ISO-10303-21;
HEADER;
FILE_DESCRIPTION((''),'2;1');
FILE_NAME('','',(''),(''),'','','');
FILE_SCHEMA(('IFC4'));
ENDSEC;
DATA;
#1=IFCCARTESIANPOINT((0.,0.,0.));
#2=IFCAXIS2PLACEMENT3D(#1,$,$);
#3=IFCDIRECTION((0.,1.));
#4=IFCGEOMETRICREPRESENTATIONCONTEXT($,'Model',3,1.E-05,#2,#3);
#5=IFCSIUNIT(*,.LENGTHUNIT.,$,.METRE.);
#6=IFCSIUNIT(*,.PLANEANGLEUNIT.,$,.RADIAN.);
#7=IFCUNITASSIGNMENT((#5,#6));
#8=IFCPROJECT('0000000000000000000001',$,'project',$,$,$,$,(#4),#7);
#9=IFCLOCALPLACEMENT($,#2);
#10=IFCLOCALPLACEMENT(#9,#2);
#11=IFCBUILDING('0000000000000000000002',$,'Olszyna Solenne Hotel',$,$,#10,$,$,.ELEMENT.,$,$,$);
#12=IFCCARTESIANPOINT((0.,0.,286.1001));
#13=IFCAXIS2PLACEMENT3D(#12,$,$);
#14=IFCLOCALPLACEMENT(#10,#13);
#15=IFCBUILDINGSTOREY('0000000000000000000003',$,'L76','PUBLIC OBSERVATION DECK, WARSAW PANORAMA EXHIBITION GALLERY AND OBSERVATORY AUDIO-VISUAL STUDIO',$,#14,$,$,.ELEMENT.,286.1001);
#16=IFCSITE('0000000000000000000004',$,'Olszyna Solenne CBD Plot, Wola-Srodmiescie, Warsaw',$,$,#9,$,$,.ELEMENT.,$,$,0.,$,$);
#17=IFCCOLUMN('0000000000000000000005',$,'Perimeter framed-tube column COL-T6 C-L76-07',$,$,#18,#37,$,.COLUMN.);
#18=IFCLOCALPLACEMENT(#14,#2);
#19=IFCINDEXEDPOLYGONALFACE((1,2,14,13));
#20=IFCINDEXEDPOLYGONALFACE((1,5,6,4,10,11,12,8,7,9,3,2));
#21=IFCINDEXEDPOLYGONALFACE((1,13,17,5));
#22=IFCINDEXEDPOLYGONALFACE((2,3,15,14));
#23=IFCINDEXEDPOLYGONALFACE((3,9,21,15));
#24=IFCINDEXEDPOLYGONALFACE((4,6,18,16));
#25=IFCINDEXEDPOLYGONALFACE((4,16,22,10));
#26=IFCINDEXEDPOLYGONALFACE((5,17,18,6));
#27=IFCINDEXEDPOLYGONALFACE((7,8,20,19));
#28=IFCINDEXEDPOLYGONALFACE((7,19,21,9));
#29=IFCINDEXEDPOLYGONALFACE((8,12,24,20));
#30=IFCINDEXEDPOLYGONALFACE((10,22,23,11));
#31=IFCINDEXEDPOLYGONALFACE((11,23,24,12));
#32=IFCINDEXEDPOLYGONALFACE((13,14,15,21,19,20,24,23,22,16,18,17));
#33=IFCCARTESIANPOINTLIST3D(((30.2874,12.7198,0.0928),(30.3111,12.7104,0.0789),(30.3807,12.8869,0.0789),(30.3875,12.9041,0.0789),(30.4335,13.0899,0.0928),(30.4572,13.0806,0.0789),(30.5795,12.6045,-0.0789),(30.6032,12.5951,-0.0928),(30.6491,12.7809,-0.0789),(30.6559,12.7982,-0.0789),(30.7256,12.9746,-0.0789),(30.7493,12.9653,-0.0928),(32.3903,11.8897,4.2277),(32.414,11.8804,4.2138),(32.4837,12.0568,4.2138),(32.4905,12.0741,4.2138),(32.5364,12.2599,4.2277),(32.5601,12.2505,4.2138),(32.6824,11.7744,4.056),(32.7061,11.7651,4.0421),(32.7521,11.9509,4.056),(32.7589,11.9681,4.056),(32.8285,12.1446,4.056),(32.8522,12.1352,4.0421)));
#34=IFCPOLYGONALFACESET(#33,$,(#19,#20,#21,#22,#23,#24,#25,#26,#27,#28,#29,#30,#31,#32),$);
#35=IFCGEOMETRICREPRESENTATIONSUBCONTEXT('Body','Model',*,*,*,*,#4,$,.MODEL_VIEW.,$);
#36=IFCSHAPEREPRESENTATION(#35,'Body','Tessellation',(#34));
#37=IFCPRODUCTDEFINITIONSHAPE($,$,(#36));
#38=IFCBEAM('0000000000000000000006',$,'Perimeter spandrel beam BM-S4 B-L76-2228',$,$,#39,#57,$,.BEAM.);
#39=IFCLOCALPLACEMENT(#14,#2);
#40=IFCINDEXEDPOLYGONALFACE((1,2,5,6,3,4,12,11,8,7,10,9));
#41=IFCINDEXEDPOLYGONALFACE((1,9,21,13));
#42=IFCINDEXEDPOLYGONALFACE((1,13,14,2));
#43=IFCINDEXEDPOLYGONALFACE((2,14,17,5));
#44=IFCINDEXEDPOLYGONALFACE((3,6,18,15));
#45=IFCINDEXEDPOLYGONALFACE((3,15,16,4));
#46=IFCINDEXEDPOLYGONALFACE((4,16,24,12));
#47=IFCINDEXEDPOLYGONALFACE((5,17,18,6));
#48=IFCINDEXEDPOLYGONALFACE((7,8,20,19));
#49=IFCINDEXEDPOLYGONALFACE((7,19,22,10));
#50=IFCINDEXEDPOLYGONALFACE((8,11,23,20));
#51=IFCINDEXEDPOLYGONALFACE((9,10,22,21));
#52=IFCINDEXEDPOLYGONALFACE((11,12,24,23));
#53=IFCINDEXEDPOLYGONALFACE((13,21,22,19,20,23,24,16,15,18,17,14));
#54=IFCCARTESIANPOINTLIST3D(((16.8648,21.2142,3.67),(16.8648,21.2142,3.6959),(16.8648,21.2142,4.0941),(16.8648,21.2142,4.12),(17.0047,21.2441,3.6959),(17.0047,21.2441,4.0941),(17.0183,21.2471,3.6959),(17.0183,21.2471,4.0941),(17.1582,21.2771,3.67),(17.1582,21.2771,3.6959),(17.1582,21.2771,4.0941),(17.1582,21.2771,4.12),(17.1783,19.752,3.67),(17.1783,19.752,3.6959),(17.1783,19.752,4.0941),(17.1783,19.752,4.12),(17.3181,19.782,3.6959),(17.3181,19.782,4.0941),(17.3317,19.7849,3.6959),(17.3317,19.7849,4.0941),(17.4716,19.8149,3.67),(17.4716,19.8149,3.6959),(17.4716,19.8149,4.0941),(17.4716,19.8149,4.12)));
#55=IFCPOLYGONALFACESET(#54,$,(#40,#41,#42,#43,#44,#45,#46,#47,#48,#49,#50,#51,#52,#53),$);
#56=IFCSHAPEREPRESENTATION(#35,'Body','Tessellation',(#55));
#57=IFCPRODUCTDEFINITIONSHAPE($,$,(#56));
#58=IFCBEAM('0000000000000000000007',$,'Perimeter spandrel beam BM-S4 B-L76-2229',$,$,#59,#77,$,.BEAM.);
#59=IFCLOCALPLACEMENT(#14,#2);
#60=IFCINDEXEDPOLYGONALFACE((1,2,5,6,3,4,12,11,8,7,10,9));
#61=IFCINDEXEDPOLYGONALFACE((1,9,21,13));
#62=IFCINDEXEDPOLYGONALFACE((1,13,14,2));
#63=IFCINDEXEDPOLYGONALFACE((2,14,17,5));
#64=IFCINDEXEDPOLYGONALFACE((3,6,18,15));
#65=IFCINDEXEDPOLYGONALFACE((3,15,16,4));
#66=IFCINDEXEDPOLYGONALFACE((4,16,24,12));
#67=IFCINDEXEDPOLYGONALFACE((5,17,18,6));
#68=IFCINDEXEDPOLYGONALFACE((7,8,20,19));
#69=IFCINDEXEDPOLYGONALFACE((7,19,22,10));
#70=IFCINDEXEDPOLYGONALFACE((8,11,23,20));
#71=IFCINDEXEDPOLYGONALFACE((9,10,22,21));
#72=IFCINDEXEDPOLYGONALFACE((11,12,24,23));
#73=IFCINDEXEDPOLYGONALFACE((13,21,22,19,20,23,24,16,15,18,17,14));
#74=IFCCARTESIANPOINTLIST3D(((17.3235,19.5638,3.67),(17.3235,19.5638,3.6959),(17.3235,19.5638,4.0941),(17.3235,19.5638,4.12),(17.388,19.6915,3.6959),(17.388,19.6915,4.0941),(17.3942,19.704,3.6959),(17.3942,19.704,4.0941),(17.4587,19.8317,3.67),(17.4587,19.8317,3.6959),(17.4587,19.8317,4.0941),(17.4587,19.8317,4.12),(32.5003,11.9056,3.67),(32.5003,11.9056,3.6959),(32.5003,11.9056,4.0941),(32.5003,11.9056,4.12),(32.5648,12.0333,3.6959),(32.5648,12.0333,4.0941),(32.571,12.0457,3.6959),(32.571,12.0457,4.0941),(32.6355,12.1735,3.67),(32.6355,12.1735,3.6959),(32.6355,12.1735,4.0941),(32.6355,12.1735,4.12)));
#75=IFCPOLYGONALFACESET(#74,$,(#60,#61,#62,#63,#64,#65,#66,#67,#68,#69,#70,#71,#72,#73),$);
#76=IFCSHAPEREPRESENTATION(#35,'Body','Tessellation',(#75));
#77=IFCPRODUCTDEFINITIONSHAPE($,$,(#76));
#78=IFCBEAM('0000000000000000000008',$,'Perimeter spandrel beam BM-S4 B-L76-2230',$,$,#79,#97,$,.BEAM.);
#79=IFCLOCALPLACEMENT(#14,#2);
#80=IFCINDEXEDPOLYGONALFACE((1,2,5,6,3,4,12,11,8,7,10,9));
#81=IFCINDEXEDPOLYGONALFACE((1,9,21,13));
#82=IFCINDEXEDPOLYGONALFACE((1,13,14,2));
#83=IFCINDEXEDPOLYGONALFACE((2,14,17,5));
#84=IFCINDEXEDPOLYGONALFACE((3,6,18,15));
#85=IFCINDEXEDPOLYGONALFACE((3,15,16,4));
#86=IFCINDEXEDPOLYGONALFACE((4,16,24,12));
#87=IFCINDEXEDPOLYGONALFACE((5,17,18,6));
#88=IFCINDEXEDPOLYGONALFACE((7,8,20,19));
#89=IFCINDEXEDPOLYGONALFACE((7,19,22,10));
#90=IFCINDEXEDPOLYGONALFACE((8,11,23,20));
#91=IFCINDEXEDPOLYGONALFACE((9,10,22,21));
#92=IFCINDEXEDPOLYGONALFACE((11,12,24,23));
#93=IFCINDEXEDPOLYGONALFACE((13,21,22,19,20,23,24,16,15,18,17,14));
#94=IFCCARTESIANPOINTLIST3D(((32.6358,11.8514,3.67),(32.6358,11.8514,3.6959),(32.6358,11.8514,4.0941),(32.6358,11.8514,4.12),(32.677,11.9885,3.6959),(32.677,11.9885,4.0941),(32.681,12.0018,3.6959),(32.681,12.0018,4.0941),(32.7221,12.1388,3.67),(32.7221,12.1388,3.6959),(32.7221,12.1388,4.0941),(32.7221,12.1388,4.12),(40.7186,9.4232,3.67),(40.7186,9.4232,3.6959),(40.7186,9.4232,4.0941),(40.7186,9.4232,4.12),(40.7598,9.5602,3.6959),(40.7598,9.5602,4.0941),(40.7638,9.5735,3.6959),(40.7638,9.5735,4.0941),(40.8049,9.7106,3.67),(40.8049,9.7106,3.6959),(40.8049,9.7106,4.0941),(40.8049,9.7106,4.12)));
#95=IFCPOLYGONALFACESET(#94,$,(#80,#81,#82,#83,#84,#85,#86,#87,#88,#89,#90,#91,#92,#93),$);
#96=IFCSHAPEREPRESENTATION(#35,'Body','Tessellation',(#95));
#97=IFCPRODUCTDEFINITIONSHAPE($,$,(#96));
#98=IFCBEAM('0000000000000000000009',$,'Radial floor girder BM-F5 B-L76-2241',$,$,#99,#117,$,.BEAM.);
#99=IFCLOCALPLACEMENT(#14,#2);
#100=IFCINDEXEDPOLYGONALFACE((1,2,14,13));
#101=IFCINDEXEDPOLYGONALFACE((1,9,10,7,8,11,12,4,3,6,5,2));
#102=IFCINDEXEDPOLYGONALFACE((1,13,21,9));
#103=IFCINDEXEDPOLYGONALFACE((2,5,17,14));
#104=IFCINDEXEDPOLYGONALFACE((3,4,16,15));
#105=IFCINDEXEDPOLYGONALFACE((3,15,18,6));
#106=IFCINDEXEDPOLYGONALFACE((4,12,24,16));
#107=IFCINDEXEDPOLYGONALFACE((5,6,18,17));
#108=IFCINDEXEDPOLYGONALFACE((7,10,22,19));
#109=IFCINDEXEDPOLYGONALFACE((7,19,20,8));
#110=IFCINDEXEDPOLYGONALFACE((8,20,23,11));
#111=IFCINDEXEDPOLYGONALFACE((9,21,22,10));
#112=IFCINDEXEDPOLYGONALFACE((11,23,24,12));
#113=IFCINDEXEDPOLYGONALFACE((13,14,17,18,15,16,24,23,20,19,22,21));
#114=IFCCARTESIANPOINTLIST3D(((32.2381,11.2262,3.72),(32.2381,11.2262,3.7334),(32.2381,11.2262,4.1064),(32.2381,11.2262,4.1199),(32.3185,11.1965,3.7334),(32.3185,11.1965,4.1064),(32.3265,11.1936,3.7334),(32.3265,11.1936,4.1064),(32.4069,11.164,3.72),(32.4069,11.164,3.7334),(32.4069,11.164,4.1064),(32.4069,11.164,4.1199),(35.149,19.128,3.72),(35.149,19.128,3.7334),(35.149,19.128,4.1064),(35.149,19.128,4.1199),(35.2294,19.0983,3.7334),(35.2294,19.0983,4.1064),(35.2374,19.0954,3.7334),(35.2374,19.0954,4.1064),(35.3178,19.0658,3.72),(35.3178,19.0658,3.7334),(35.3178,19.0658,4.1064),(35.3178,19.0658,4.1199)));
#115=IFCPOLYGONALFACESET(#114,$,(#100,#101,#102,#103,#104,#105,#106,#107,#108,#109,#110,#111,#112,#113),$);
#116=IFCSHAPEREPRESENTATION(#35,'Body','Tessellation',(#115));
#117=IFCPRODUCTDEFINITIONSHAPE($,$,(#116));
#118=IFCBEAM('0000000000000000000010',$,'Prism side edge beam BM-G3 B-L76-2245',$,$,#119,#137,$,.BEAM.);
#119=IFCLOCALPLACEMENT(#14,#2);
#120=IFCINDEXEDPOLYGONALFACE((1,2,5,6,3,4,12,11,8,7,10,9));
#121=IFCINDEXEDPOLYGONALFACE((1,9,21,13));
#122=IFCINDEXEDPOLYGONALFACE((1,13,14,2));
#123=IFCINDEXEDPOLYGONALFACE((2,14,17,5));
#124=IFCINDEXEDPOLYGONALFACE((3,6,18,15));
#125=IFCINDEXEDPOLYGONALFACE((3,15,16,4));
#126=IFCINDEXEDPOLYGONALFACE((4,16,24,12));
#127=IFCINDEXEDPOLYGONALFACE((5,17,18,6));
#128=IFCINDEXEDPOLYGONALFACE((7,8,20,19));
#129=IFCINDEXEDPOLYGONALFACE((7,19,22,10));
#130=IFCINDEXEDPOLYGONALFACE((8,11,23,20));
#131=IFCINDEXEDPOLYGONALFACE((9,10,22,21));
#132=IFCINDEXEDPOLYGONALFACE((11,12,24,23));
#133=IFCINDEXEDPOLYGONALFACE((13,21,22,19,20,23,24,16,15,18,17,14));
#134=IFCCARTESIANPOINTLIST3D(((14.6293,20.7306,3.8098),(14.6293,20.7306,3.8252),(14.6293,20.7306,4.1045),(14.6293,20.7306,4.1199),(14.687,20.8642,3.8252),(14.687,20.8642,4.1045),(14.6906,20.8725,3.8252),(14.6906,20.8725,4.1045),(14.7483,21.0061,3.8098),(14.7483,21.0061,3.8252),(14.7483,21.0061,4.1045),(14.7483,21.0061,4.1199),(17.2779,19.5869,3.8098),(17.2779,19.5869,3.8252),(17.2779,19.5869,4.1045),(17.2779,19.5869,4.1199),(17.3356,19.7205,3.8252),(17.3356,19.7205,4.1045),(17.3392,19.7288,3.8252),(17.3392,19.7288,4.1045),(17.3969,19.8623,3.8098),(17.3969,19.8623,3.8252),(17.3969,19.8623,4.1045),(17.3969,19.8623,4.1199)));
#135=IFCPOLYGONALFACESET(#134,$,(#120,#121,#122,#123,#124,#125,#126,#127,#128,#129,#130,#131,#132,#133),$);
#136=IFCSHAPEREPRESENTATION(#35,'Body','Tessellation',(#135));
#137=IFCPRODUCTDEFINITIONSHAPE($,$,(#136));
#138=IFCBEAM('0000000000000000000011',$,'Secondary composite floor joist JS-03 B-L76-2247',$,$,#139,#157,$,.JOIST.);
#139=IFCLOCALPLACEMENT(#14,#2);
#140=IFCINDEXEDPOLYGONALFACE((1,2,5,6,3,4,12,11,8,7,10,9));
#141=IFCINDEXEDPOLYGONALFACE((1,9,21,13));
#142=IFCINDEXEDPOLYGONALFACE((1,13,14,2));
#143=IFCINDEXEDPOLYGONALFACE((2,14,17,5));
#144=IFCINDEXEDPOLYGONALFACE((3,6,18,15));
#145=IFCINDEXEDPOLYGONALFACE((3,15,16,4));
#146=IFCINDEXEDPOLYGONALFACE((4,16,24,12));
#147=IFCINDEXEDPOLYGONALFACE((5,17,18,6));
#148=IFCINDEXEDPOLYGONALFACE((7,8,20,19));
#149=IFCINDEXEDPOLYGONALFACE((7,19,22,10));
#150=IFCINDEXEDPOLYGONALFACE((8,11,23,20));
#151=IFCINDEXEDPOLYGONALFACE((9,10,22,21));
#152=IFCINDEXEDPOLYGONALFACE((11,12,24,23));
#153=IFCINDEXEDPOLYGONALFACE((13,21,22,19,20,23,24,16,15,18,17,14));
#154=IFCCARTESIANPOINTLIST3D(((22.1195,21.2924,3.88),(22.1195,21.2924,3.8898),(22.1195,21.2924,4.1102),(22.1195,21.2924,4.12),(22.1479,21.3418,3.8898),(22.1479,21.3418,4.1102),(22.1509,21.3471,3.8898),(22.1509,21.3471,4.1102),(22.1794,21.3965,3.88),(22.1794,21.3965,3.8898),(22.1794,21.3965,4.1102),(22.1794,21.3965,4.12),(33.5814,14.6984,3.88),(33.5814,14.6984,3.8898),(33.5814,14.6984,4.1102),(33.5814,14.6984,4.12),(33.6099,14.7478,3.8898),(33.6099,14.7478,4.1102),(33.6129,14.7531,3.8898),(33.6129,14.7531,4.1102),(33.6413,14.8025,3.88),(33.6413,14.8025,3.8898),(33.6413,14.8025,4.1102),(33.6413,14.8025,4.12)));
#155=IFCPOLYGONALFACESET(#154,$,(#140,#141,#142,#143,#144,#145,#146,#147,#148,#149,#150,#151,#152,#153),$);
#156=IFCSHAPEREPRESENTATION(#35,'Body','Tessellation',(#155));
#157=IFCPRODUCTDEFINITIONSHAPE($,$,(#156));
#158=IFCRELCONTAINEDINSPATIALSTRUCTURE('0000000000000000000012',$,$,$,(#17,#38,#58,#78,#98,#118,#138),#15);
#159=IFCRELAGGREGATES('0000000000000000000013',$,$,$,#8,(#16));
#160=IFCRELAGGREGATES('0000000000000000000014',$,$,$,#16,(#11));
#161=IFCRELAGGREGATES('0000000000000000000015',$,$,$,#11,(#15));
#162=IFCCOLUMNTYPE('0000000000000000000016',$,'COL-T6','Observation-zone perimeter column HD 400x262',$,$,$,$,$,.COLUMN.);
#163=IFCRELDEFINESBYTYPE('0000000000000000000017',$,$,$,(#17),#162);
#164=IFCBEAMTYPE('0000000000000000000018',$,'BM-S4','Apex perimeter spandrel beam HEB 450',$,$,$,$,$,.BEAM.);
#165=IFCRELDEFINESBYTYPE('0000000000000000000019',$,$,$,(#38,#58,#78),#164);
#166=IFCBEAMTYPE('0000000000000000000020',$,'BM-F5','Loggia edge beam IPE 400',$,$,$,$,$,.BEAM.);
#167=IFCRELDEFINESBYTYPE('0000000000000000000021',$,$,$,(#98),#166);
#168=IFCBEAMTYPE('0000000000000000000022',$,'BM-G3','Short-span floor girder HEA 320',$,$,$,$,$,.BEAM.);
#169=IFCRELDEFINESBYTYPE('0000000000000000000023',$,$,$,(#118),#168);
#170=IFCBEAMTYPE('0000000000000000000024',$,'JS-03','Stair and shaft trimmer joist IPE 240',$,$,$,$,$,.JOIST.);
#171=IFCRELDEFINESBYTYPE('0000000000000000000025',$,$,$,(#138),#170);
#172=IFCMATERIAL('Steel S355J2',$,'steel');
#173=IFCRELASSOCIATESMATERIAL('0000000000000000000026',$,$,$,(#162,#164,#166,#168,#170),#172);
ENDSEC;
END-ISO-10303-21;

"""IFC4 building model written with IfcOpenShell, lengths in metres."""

from ifc_helpers import new_model, si_unit, direction, frame, origin, origin_2d, place, context, subcontext, project, spatial, i_section, extrude, source, transform, mapped, material, material_profile, profile_set, type_object, element, save


model = new_model("IFC4")

# Units and contexts
model_context = context("Model", 3, precision=1e-05, world=origin(), true_north=direction((0.0, 1.0)))
body_context = subcontext(model_context, "Body", "Model", "MODEL_VIEW")
ifc_project = project(units=[si_unit("LENGTHUNIT", "METRE"), si_unit("PLANEANGLEUNIT", "RADIAN")], contexts=[model_context])

# Site, building, storey
site_placement = place(None, origin())
site = spatial("IfcSite", under=ifc_project, at=site_placement, Name="Olszyna Solenne CBD Plot, Wola-Srodmiescie, Warsaw", CompositionType="ELEMENT", RefElevation=0.0)
building_placement = place(site_placement, origin())
building = spatial("IfcBuilding", under=site, at=building_placement, Name="Olszyna Solenne Hotel", CompositionType="ELEMENT")
storey_placement = place(building_placement, frame((0.0, 0.0, 286.1001)))
storey = spatial("IfcBuildingStorey", under=building, at=storey_placement, Name="L76", Description="PUBLIC OBSERVATION DECK, WARSAW PANORAMA EXHIBITION GALLERY AND OBSERVATORY AUDIO-VISUAL STUDIO", CompositionType="ELEMENT", Elevation=286.1001)

# Column
ifc_material_1 = material(Name="Steel S355J2", Category="steel")
ifc_material_profile_1 = material_profile(ifc_material_1, i_section(OverallWidth=0.3979, OverallDepth=0.387, WebThickness=0.0186, FlangeThickness=0.0291, at=origin_2d()), Name="HD 400x262", Category="load-bearing")
ifc_profile_set_1 = profile_set([ifc_material_profile_1], Name="Steel S355J2")
column_type = type_object("IfcColumnType", Name="COL-T6", Description="Observation-zone perimeter column HD 400x262", PredefinedType="COLUMN", material=ifc_profile_set_1)
shared_shape_1 = source(origin(), body_context, "Body", "SweptSolid", [
    extrude(i_section(OverallWidth=0.3979, OverallDepth=0.387, WebThickness=0.0186, FlangeThickness=0.0291, at=origin_2d()), origin(), (0.0, 0.0, 1.0), 4.7126),
])
column_placement = place(storey_placement, frame((30.5183, 12.8425, 0.0), z_axis=(0.446242, -0.176134, 0.877408), x_axis=(0.367142, 0.930165, 0.0)))
element("IfcColumn", 1, at=column_placement, inside=storey, type_object=column_type, Name="Perimeter framed-tube column COL-T6 C-L76-07", PredefinedType="COLUMN", context=body_context, shape_type="MappedRepresentation", body=[
    mapped(shared_shape_1, transform((0.0, 0.0, 0.0), x_axis=(1.0, 0.0, 0.0), y_axis=(0.0, 1.0, 0.0), z_axis=(0.0, 0.0, 1.0), scale=1.0)),
])

# Beams
ifc_material_profile_2 = material_profile(ifc_material_1, i_section(OverallWidth=0.3, OverallDepth=0.45, WebThickness=0.0139, FlangeThickness=0.0259, at=origin_2d()), Name="HEB 450", Category="load-bearing")
ifc_profile_set_2 = profile_set([ifc_material_profile_2], Name="Steel S355J2")
beam_type_1 = type_object("IfcBeamType", Name="BM-S4", Description="Apex perimeter spandrel beam HEB 450", PredefinedType="BEAM", material=ifc_profile_set_2)
shared_shape_2 = source(origin(), body_context, "Body", "SweptSolid", [
    extrude(i_section(OverallWidth=0.3, OverallDepth=0.45, WebThickness=0.0139, FlangeThickness=0.0259, at=origin_2d()), origin(), (0.0, 0.0, 1.0), 1.4954),
])
beam_1_placement = place(storey_placement, frame((17.0115, 21.2456, 3.895), z_axis=(0.209629, -0.977781, 0.0), x_axis=(0.977781, 0.209629, 0.0)))
element("IfcBeam", 2, at=beam_1_placement, inside=storey, type_object=beam_type_1, Name="Perimeter spandrel beam BM-S4 B-L76-2228", PredefinedType="BEAM", context=body_context, shape_type="MappedRepresentation", body=[
    mapped(shared_shape_2, transform((0.0, 0.0, 0.0), x_axis=(1.0, 0.0, 0.0), y_axis=(0.0, 1.0, 0.0), z_axis=(0.0, 0.0, 1.0), scale=1.0)),
])
shared_shape_3 = source(origin(), body_context, "Body", "SweptSolid", [
    extrude(i_section(OverallWidth=0.3, OverallDepth=0.45, WebThickness=0.0139, FlangeThickness=0.0259, at=origin_2d()), origin(), (0.0, 0.0, 1.0), 16.9995),
])
beam_2_placement = place(storey_placement, frame((17.3911, 19.6978, 3.895), z_axis=(0.892778, -0.450497, 0.0), x_axis=(0.450497, 0.892778, 0.0)))
element("IfcBeam", 3, at=beam_2_placement, inside=storey, type_object=beam_type_1, Name="Perimeter spandrel beam BM-S4 B-L76-2229", PredefinedType="BEAM", context=body_context, shape_type="MappedRepresentation", body=[
    mapped(shared_shape_3, transform((0.0, 0.0, 0.0), x_axis=(1.0, 0.0, 0.0), y_axis=(0.0, 1.0, 0.0), z_axis=(0.0, 0.0, 1.0), scale=1.0)),
])
shared_shape_4 = source(origin(), body_context, "Body", "SweptSolid", [
    extrude(i_section(OverallWidth=0.3, OverallDepth=0.45, WebThickness=0.0139, FlangeThickness=0.0259, at=origin_2d()), origin(), (0.0, 0.0, 1.0), 8.4397),
])
beam_3_placement = place(storey_placement, frame((32.679, 11.9951, 3.895), z_axis=(0.957716, -0.287717, 0.0), x_axis=(0.287717, 0.957716, 0.0)))
element("IfcBeam", 4, at=beam_3_placement, inside=storey, type_object=beam_type_1, Name="Perimeter spandrel beam BM-S4 B-L76-2230", PredefinedType="BEAM", context=body_context, shape_type="MappedRepresentation", body=[
    mapped(shared_shape_4, transform((0.0, 0.0, 0.0), x_axis=(1.0, 0.0, 0.0), y_axis=(0.0, 1.0, 0.0), z_axis=(0.0, 0.0, 1.0), scale=1.0)),
])
ifc_material_profile_3 = material_profile(ifc_material_1, i_section(OverallWidth=0.1799, OverallDepth=0.3999, WebThickness=0.0085, FlangeThickness=0.0134, at=origin_2d()), Name="IPE 400", Category="load-bearing")
ifc_profile_set_3 = profile_set([ifc_material_profile_3], Name="Steel S355J2")
beam_type_2 = type_object("IfcBeamType", Name="BM-F5", Description="Loggia edge beam IPE 400", PredefinedType="BEAM", material=ifc_profile_set_3)
shared_shape_5 = source(origin(), body_context, "Body", "SweptSolid", [
    extrude(i_section(OverallWidth=0.1799, OverallDepth=0.3999, WebThickness=0.0085, FlangeThickness=0.0134, at=origin_2d()), origin(), (0.0, 0.0, 1.0), 8.4209),
])
beam_4_placement = place(storey_placement, frame((32.3225, 11.1951, 3.9199), z_axis=(0.345672, 0.938355, 0.0), x_axis=(-0.938355, 0.345672, 0.0)))
element("IfcBeam", 5, at=beam_4_placement, inside=storey, type_object=beam_type_2, Name="Radial floor girder BM-F5 B-L76-2241", PredefinedType="BEAM", context=body_context, shape_type="MappedRepresentation", body=[
    mapped(shared_shape_5, transform((0.0, 0.0, 0.0), x_axis=(1.0, 0.0, 0.0), y_axis=(0.0, 1.0, 0.0), z_axis=(0.0, 0.0, 1.0), scale=1.0)),
])
ifc_material_profile_4 = material_profile(ifc_material_1, i_section(OverallWidth=0.3, OverallDepth=0.3101, WebThickness=0.009, FlangeThickness=0.0154, at=origin_2d()), Name="HEA 320", Category="load-bearing")
ifc_profile_set_4 = profile_set([ifc_material_profile_4], Name="Steel S355J2")
beam_type_3 = type_object("IfcBeamType", Name="BM-G3", Description="Short-span floor girder HEA 320", PredefinedType="BEAM", material=ifc_profile_set_4)
shared_shape_6 = source(origin(), body_context, "Body", "SweptSolid", [
    extrude(i_section(OverallWidth=0.3, OverallDepth=0.3101, WebThickness=0.009, FlangeThickness=0.0154, at=origin_2d()), origin(), (0.0, 0.0, 1.0), 2.885),
])
beam_5_placement = place(storey_placement, frame((17.3374, 19.7246, 3.9648), z_axis=(-0.918056, 0.396451, 0.0), x_axis=(-0.396451, -0.918056, 0.0)))
element("IfcBeam", 6, at=beam_5_placement, inside=storey, type_object=beam_type_3, Name="Prism side edge beam BM-G3 B-L76-2245", PredefinedType="BEAM", context=body_context, shape_type="MappedRepresentation", body=[
    mapped(shared_shape_6, transform((0.0, 0.0, 0.0), x_axis=(1.0, 0.0, 0.0), y_axis=(0.0, 1.0, 0.0), z_axis=(0.0, 0.0, 1.0), scale=1.0)),
])
ifc_material_profile_5 = material_profile(ifc_material_1, i_section(OverallWidth=0.1201, OverallDepth=0.24, WebThickness=0.0061, FlangeThickness=0.0098, at=origin_2d()), Name="IPE 240", Category="load-bearing")
ifc_profile_set_5 = profile_set([ifc_material_profile_5], Name="Steel S355J2")
beam_type_4 = type_object("IfcBeamType", Name="JS-03", Description="Stair and shaft trimmer joist IPE 240", PredefinedType="JOIST", material=ifc_profile_set_5)
shared_shape_7 = source(origin(), body_context, "Body", "SweptSolid", [
    extrude(i_section(OverallWidth=0.1201, OverallDepth=0.24, WebThickness=0.0061, FlangeThickness=0.0098, at=origin_2d()), origin(), (0.0, 0.0, 1.0), 13.2234),
])
beam_6_placement = place(storey_placement, frame((22.1494, 21.3445, 4.0), z_axis=(0.866795, -0.498664, 0.0), x_axis=(0.498664, 0.866795, 0.0)))
element("IfcBeam", 7, at=beam_6_placement, inside=storey, type_object=beam_type_4, Name="Secondary composite floor joist JS-03 B-L76-2247", PredefinedType="JOIST", context=body_context, shape_type="MappedRepresentation", body=[
    mapped(shared_shape_7, transform((0.0, 0.0, 0.0), x_axis=(1.0, 0.0, 0.0), y_axis=(0.0, 1.0, 0.0), z_axis=(0.0, 0.0, 1.0), scale=1.0)),
])

save(model, "model.ifc")
